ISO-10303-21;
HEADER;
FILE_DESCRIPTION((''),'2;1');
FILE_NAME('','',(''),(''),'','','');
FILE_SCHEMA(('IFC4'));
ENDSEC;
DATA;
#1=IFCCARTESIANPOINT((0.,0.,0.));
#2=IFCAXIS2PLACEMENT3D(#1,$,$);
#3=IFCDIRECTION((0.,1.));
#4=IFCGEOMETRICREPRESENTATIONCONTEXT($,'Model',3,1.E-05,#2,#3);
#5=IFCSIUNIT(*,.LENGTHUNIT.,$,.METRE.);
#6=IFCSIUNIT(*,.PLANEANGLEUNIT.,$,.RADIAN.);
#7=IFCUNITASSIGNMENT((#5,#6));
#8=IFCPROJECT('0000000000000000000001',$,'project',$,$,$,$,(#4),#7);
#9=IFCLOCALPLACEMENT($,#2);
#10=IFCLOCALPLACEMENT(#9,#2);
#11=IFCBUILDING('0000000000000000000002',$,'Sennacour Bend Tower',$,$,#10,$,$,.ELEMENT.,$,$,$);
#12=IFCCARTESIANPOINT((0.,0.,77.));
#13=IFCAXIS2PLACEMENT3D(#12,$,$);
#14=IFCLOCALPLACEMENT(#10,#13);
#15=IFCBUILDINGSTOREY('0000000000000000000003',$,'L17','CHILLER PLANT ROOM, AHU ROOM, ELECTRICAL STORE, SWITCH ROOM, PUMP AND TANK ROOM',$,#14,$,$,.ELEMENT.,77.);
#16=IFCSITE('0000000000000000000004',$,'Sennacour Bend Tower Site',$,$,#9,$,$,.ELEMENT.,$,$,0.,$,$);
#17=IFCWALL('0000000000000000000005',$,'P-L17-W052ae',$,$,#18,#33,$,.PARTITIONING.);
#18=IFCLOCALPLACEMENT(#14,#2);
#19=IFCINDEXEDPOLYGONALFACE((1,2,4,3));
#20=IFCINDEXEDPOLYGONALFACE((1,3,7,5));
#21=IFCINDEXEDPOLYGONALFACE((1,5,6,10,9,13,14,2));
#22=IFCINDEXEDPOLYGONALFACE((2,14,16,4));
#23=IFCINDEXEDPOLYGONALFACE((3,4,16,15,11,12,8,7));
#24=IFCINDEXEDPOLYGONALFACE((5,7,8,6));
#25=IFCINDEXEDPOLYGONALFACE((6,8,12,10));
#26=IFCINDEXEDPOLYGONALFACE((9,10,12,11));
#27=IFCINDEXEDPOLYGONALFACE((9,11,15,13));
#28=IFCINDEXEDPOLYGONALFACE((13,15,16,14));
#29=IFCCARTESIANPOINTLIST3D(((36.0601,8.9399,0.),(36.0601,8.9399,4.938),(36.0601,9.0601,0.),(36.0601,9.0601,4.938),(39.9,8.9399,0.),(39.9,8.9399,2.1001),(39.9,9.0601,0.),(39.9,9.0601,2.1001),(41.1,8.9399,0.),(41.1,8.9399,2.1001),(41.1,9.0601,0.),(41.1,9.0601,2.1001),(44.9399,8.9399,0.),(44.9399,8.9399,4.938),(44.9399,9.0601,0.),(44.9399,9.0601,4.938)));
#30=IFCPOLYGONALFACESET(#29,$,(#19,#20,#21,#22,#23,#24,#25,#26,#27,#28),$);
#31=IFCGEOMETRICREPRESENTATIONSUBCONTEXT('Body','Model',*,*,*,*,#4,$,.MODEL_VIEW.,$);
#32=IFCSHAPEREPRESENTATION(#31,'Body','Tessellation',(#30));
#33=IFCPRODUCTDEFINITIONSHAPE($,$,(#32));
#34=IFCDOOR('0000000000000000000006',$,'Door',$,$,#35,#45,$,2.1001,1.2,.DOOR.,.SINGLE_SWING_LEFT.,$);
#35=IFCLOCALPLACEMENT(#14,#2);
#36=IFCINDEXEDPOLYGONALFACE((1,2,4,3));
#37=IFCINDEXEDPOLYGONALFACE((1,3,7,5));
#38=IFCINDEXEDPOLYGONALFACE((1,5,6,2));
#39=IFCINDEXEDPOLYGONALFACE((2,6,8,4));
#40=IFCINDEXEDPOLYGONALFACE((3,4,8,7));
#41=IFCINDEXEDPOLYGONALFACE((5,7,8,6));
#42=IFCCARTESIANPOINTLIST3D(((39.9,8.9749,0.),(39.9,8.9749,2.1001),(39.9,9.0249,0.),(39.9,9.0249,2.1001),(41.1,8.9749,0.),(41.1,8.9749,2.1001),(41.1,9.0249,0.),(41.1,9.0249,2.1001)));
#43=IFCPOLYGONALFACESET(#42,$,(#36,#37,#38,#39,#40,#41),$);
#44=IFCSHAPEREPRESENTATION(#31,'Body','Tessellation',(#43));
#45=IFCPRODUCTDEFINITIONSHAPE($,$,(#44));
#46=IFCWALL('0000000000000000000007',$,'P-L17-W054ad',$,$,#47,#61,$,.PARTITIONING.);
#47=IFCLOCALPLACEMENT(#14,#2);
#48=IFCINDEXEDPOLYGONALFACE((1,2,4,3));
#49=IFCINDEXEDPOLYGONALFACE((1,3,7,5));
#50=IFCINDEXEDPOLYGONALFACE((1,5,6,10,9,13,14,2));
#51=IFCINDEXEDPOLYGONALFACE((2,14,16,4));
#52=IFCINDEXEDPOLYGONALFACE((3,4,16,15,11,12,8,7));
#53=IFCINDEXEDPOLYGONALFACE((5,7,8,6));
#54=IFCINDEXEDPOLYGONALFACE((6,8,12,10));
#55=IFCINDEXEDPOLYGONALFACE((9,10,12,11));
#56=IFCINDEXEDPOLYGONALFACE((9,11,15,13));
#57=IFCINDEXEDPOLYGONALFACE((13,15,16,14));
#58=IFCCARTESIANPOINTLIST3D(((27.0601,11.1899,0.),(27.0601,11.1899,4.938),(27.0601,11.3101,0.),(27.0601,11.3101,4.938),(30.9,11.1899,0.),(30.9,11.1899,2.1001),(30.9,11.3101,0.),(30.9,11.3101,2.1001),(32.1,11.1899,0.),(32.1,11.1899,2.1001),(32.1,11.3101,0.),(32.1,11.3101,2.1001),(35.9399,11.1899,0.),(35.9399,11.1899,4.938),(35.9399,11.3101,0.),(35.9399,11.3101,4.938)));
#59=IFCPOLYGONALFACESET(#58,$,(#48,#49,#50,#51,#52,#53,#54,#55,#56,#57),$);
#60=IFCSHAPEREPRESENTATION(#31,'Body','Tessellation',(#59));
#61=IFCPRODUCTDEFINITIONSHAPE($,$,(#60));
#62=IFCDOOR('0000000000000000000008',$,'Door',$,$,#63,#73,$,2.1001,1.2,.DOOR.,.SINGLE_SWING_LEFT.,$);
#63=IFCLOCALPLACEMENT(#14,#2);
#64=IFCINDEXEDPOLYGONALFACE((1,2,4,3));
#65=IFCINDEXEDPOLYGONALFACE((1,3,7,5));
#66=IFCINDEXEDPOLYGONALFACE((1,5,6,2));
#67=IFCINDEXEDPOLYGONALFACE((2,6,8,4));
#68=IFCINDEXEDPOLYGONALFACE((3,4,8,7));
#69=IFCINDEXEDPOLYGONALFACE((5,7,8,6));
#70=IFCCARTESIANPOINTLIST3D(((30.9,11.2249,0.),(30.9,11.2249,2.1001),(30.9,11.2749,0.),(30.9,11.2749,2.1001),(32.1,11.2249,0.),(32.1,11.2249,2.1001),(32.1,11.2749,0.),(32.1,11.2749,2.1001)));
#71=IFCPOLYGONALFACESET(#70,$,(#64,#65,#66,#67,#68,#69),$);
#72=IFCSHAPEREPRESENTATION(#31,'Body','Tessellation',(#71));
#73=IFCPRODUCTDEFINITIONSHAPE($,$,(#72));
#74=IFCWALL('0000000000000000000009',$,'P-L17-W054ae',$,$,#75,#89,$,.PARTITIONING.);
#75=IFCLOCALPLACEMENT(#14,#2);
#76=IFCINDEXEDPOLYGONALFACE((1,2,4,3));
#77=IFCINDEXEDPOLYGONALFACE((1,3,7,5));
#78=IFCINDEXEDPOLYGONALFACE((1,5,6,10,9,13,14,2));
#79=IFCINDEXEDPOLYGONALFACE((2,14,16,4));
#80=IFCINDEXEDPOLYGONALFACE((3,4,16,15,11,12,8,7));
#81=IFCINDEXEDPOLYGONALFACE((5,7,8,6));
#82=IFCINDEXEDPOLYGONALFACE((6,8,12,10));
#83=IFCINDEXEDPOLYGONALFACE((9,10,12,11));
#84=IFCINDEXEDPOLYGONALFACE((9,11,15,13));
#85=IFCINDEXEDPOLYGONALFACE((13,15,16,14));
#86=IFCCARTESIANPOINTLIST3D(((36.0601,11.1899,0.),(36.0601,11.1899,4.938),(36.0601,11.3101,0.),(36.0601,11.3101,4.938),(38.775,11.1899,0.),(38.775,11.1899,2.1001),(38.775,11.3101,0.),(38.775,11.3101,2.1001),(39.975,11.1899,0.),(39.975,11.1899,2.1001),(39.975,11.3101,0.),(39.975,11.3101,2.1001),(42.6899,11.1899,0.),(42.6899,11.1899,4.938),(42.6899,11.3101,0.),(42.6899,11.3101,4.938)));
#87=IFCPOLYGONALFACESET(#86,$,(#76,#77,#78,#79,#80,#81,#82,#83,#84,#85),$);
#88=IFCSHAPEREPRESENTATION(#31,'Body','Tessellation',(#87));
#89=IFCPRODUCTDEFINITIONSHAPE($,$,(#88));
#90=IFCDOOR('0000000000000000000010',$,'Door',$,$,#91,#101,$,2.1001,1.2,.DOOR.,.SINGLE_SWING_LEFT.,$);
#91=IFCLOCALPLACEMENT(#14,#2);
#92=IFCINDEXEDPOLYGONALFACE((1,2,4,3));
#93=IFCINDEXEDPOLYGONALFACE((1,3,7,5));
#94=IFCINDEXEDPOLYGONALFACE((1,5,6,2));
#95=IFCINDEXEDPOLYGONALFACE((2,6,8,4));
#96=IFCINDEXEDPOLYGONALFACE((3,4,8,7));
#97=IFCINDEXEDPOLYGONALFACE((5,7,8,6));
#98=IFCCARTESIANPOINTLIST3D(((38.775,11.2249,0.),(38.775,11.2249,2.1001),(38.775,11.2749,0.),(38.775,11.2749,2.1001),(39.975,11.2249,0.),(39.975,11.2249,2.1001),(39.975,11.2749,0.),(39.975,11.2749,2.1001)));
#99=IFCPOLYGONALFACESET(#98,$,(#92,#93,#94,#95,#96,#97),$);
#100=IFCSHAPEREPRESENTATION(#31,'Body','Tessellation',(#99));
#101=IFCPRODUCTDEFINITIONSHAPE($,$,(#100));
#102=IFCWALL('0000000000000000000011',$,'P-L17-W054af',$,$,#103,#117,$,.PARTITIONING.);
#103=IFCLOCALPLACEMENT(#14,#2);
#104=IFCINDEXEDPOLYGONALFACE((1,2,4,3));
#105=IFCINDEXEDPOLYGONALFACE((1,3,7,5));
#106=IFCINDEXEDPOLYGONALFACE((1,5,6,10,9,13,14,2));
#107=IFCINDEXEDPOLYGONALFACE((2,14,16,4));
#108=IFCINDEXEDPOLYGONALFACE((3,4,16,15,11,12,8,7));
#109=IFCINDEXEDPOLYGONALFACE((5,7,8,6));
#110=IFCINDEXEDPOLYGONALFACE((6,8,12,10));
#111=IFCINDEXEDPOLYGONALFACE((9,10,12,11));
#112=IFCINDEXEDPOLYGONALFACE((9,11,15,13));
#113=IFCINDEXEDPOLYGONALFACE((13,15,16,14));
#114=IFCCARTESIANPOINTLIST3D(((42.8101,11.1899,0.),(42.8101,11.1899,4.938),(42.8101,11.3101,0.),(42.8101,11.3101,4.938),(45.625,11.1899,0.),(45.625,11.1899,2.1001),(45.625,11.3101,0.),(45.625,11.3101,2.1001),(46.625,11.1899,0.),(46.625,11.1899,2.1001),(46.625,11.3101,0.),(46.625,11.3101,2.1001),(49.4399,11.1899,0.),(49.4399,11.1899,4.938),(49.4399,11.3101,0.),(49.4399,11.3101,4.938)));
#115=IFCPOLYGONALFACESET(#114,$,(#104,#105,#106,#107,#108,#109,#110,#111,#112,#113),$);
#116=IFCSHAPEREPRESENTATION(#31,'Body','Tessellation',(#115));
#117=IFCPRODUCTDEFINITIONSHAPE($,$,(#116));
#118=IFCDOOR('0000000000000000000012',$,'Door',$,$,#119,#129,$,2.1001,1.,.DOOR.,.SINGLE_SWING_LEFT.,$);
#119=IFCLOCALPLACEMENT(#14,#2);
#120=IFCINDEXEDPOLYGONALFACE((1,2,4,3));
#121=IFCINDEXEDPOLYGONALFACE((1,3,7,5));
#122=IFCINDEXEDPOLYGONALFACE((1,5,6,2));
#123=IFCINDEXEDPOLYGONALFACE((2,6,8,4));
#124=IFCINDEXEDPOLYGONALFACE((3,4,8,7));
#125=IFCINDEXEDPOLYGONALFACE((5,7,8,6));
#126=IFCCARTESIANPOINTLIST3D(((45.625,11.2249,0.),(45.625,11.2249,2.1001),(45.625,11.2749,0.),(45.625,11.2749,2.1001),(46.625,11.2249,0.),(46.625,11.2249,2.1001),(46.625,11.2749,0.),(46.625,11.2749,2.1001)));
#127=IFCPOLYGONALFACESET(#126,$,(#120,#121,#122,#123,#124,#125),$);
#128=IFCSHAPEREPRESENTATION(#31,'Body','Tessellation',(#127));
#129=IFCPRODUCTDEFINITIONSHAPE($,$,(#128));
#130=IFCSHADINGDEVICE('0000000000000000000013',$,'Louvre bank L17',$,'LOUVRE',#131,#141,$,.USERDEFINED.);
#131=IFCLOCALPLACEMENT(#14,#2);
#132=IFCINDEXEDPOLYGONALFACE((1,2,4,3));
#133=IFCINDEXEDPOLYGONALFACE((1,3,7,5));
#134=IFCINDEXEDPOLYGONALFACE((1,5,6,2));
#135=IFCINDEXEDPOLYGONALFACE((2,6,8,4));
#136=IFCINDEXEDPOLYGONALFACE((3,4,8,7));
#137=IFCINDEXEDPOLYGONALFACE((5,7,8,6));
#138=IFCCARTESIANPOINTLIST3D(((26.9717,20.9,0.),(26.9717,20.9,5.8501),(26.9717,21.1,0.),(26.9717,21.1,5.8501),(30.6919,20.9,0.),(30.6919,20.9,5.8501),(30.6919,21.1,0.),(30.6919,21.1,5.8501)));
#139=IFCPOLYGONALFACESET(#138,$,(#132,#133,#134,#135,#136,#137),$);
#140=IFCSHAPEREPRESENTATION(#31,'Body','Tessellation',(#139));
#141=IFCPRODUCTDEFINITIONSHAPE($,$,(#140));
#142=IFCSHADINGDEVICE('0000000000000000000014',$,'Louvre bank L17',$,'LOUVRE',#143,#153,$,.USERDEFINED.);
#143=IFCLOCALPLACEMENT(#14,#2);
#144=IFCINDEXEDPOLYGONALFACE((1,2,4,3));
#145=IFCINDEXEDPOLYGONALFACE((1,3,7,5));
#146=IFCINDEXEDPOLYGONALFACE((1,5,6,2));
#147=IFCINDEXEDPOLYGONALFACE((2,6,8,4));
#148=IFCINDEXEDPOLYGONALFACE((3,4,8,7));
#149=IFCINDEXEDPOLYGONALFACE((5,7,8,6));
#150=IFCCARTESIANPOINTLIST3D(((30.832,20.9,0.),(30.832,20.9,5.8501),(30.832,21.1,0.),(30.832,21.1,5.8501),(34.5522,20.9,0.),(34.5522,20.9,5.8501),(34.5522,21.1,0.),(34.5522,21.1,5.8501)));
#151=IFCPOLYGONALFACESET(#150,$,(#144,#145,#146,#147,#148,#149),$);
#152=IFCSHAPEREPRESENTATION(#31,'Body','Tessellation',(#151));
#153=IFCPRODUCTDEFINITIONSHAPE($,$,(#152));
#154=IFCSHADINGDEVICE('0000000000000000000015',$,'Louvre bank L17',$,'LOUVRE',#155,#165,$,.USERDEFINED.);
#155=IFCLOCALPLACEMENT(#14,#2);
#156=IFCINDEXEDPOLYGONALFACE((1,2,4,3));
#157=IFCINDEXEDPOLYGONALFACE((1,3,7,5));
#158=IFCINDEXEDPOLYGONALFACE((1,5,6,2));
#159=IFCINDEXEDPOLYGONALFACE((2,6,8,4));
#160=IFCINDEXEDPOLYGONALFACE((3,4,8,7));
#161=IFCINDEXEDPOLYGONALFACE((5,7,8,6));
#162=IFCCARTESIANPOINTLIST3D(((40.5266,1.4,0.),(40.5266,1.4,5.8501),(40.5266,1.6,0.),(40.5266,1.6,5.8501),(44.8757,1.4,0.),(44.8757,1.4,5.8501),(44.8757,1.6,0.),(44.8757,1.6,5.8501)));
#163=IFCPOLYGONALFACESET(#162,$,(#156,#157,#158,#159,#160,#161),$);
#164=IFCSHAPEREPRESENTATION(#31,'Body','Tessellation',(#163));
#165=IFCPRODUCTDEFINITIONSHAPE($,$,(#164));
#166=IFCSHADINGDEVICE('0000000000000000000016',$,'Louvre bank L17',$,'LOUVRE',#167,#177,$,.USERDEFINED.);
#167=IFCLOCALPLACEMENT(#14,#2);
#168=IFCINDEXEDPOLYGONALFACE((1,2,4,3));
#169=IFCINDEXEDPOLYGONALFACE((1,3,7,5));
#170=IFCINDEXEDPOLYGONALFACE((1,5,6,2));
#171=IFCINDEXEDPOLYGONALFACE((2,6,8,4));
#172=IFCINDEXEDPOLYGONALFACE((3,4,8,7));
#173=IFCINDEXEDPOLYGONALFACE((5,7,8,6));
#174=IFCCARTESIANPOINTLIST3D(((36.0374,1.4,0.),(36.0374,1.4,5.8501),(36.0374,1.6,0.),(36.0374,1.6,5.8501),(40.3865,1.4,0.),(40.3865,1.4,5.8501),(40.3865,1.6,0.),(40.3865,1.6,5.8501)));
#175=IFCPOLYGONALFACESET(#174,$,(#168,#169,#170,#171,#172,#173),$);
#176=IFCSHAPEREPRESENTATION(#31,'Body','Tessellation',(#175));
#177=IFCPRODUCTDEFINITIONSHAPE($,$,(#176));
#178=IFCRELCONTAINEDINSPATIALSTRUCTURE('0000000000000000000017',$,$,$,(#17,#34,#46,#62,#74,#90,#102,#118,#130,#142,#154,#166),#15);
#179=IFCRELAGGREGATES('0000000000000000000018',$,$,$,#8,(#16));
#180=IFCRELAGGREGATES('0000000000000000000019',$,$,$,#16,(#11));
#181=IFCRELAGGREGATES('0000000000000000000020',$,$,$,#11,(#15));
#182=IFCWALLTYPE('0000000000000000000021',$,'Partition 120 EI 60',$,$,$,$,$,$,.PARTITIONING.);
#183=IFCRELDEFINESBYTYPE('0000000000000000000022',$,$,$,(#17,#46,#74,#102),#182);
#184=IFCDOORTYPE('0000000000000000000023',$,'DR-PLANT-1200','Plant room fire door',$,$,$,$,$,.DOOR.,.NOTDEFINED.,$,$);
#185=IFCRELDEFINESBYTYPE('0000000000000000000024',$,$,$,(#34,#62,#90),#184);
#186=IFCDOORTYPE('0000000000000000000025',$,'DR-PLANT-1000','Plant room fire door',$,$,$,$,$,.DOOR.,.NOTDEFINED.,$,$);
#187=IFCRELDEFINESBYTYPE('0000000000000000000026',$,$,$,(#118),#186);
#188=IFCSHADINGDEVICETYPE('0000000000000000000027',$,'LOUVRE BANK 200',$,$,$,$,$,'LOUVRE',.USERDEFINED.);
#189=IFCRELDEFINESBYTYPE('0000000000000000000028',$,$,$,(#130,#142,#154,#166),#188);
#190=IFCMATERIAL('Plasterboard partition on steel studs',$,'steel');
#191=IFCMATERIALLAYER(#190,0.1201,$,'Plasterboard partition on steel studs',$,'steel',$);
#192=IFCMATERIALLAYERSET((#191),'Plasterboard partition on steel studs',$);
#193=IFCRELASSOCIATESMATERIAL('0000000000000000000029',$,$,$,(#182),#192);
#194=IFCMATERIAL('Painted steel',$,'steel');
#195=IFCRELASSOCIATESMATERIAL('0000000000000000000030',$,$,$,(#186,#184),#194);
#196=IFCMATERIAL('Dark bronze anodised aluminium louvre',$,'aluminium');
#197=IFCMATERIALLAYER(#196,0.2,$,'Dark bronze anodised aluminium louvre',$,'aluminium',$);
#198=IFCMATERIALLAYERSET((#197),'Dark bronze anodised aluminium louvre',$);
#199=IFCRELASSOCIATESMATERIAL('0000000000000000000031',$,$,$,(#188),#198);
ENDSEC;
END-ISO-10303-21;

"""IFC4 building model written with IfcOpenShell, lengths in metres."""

from ifc_helpers import new_model, si_unit, direction, frame, frame_2d, origin, origin_2d, place, context, subcontext, project, spatial, rectangle, extrude, material, layer, layer_set, type_object, element, fill, save


model = new_model("IFC4")

# Units and contexts
model_context = context("Model", 3, precision=1e-05, world=origin(), true_north=direction((0.0, 1.0)))
body_context = subcontext(model_context, "Body", "Model", "MODEL_VIEW")
ifc_project = project(units=[si_unit("LENGTHUNIT", "METRE"), si_unit("PLANEANGLEUNIT", "RADIAN")], contexts=[model_context])

# Site, building, storey
site_placement = place(None, origin())
site = spatial("IfcSite", under=ifc_project, at=site_placement, Name="Sennacour Bend Tower Site", CompositionType="ELEMENT", RefElevation=0.0)
building_placement = place(site_placement, origin())
building = spatial("IfcBuilding", under=site, at=building_placement, Name="Sennacour Bend Tower", CompositionType="ELEMENT")
storey_placement = place(building_placement, frame((0.0, 0.0, 77.0)))
storey = spatial("IfcBuildingStorey", under=building, at=storey_placement, Name="L17", Description="CHILLER PLANT ROOM, AHU ROOM, ELECTRICAL STORE, SWITCH ROOM, PUMP AND TANK ROOM", CompositionType="ELEMENT", Elevation=77.0)

# Shared definitions
ifc_material_1 = material(Name="Plasterboard partition on steel studs", Category="steel")

# Walls, openings, doors
ifc_layer_1 = layer(ifc_material_1, 0.1201, Name="Plasterboard partition on steel studs", Category="steel")
ifc_layer_set_1 = layer_set([ifc_layer_1], Name="Plasterboard partition on steel studs")
wall_type_1 = type_object("IfcWallType", Name="Partition 120 EI 60", PredefinedType="PARTITIONING", material=ifc_layer_set_1)
ifc_material_2 = material(Name="Painted steel", Category="steel")
door_type_1 = type_object("IfcDoorType", Name="DR-PLANT-1000", Description="Plant room fire door", OperationType="NOTDEFINED", PredefinedType="DOOR", material=ifc_material_2)
wall_1_placement = place(storey_placement, frame((36.0601, 9.0, 0.0), z_axis=(0.0, 0.0, 1.0), x_axis=(1.0, 0.0, 0.0)))
wall_1 = element("IfcWall", 1, at=wall_1_placement, inside=storey, type_object=wall_type_1, Name="P-L17-W052ae", PredefinedType="PARTITIONING", context=body_context, shape_type="SweptSolid", body=[
    extrude(rectangle(XDim=8.8799, YDim=0.1201, at=frame_2d((4.4399, 0.0))), origin(), (0.0, 0.0, 1.0), 4.938),
])
opening_1_placement = place(wall_1_placement, frame((3.8398, 0.0, 0.0)))
opening_1 = element("IfcOpeningElement", 2, at=opening_1_placement, cuts=wall_1, PredefinedType="OPENING", context=body_context, shape_type="SweptSolid", body=[
    extrude(rectangle(XDim=1.2, YDim=2.1001, at=frame_2d((0.6001, 1.05))), frame((0.0, 0.0701, 0.0), z_axis=(0.0, -1.0, 0.0), x_axis=(1.0, 0.0, 0.0)), (0.0, 0.0, 1.0), 0.1401),
])
door_type_2 = type_object("IfcDoorType", Name="DR-PLANT-1200", Description="Plant room fire door", OperationType="NOTDEFINED", PredefinedType="DOOR", material=ifc_material_2)
door_1_placement = place(opening_1_placement, origin())
door_1 = element("IfcDoor", 3, at=door_1_placement, inside=storey, type_object=door_type_2, Name="Door", OperationType="SINGLE_SWING_LEFT", OverallHeight=2.1001, OverallWidth=1.2, PredefinedType="DOOR", context=body_context, shape_type="SweptSolid", body=[
    extrude(rectangle(XDim=1.2, YDim=2.1001, at=frame_2d((0.6001, 1.05))), frame((0.0, 0.0249, 0.0), z_axis=(0.0, -1.0, 0.0), x_axis=(1.0, 0.0, 0.0)), (0.0, 0.0, 1.0), 0.05),
])
fill(opening_1, door_1)
wall_2_placement = place(storey_placement, frame((27.0601, 11.25, 0.0), z_axis=(0.0, 0.0, 1.0), x_axis=(1.0, 0.0, 0.0)))
wall_2 = element("IfcWall", 4, at=wall_2_placement, inside=storey, type_object=wall_type_1, Name="P-L17-W054ad", PredefinedType="PARTITIONING", context=body_context, shape_type="SweptSolid", body=[
    extrude(rectangle(XDim=8.8799, YDim=0.1201, at=frame_2d((4.4399, 0.0))), origin(), (0.0, 0.0, 1.0), 4.938),
])
opening_2_placement = place(wall_2_placement, frame((3.8398, 0.0, 0.0)))
opening_2 = element("IfcOpeningElement", 5, at=opening_2_placement, cuts=wall_2, PredefinedType="OPENING", context=body_context, shape_type="SweptSolid", body=[
    extrude(rectangle(XDim=1.2, YDim=2.1001, at=frame_2d((0.6001, 1.05))), frame((0.0, 0.0701, 0.0), z_axis=(0.0, -1.0, 0.0), x_axis=(1.0, 0.0, 0.0)), (0.0, 0.0, 1.0), 0.1401),
])
door_2_placement = place(opening_2_placement, origin())
door_2 = element("IfcDoor", 6, at=door_2_placement, inside=storey, type_object=door_type_2, Name="Door", OperationType="SINGLE_SWING_LEFT", OverallHeight=2.1001, OverallWidth=1.2, PredefinedType="DOOR", context=body_context, shape_type="SweptSolid", body=[
    extrude(rectangle(XDim=1.2, YDim=2.1001, at=frame_2d((0.6001, 1.05))), frame((0.0, 0.0249, 0.0), z_axis=(0.0, -1.0, 0.0), x_axis=(1.0, 0.0, 0.0)), (0.0, 0.0, 1.0), 0.05),
])
fill(opening_2, door_2)
wall_3_placement = place(storey_placement, frame((36.0601, 11.25, 0.0), z_axis=(0.0, 0.0, 1.0), x_axis=(1.0, 0.0, 0.0)))
wall_3 = element("IfcWall", 7, at=wall_3_placement, inside=storey, type_object=wall_type_1, Name="P-L17-W054ae", PredefinedType="PARTITIONING", context=body_context, shape_type="SweptSolid", body=[
    extrude(rectangle(XDim=6.6299, YDim=0.1201, at=frame_2d((3.3149, 0.0))), origin(), (0.0, 0.0, 1.0), 4.938),
])
opening_3_placement = place(wall_3_placement, frame((2.7148, 0.0, 0.0)))
opening_3 = element("IfcOpeningElement", 8, at=opening_3_placement, cuts=wall_3, PredefinedType="OPENING", context=body_context, shape_type="SweptSolid", body=[
    extrude(rectangle(XDim=1.2, YDim=2.1001, at=frame_2d((0.6001, 1.05))), frame((0.0, 0.0701, 0.0), z_axis=(0.0, -1.0, 0.0), x_axis=(1.0, 0.0, 0.0)), (0.0, 0.0, 1.0), 0.1401),
])
door_3_placement = place(opening_3_placement, origin())
door_3 = element("IfcDoor", 9, at=door_3_placement, inside=storey, type_object=door_type_2, Name="Door", OperationType="SINGLE_SWING_LEFT", OverallHeight=2.1001, OverallWidth=1.2, PredefinedType="DOOR", context=body_context, shape_type="SweptSolid", body=[
    extrude(rectangle(XDim=1.2, YDim=2.1001, at=frame_2d((0.6001, 1.05))), frame((0.0, 0.0249, 0.0), z_axis=(0.0, -1.0, 0.0), x_axis=(1.0, 0.0, 0.0)), (0.0, 0.0, 1.0), 0.05),
])
fill(opening_3, door_3)
wall_4_placement = place(storey_placement, frame((42.8101, 11.25, 0.0), z_axis=(0.0, 0.0, 1.0), x_axis=(1.0, 0.0, 0.0)))
wall_4 = element("IfcWall", 10, at=wall_4_placement, inside=storey, type_object=wall_type_1, Name="P-L17-W054af", PredefinedType="PARTITIONING", context=body_context, shape_type="SweptSolid", body=[
    extrude(rectangle(XDim=6.6299, YDim=0.1201, at=frame_2d((3.3149, 0.0))), origin(), (0.0, 0.0, 1.0), 4.938),
])
opening_4_placement = place(wall_4_placement, frame((2.8149, 0.0, 0.0)))
opening_4 = element("IfcOpeningElement", 11, at=opening_4_placement, cuts=wall_4, PredefinedType="OPENING", context=body_context, shape_type="SweptSolid", body=[
    extrude(rectangle(XDim=1.0, YDim=2.1001, at=frame_2d((0.5, 1.05))), frame((0.0, 0.0701, 0.0), z_axis=(0.0, -1.0, 0.0), x_axis=(1.0, 0.0, 0.0)), (0.0, 0.0, 1.0), 0.1401),
])
door_4_placement = place(opening_4_placement, origin())
door_4 = element("IfcDoor", 12, at=door_4_placement, inside=storey, type_object=door_type_1, Name="Door", OperationType="SINGLE_SWING_LEFT", OverallHeight=2.1001, OverallWidth=1.0, PredefinedType="DOOR", context=body_context, shape_type="SweptSolid", body=[
    extrude(rectangle(XDim=1.0, YDim=2.1001, at=frame_2d((0.5, 1.05))), frame((0.0, 0.0249, 0.0), z_axis=(0.0, -1.0, 0.0), x_axis=(1.0, 0.0, 0.0)), (0.0, 0.0, 1.0), 0.05),
])
fill(opening_4, door_4)

# Shading devices
ifc_material_3 = material(Name="Dark bronze anodised aluminium louvre", Category="aluminium")
ifc_layer_2 = layer(ifc_material_3, 0.2, Name="Dark bronze anodised aluminium louvre", Category="aluminium")
ifc_layer_set_2 = layer_set([ifc_layer_2], Name="Dark bronze anodised aluminium louvre")
shading_device_type_1 = type_object("IfcShadingDeviceType", Name="LOUVRE BANK 200", ElementType="LOUVRE", PredefinedType="USERDEFINED", material=ifc_layer_set_2)
for number, where, z_axis, x_axis, name in (
    (13, (28.8318, 21.0, 0.0), (0.0, 0.0, 1.0), (1.0, 0.0, 0.0), "Louvre bank L17"),
    (14, (32.6921, 21.0, 0.0), (0.0, 0.0, 1.0), (1.0, 0.0, 0.0), "Louvre bank L17"),
):
    element("IfcShadingDevice", number, at=place(storey_placement, frame(where, z_axis=z_axis, x_axis=x_axis)), inside=storey, type_object=shading_device_type_1, Name=name, ObjectType="LOUVRE", PredefinedType="USERDEFINED", context=body_context, shape_type="SweptSolid", body=[
        extrude(rectangle(XDim=3.7202, YDim=0.2, at=origin_2d()), origin(), (0.0, 0.0, 1.0), 5.8501),
    ])
for number, where, z_axis, x_axis, name in (
    (15, (42.7012, 1.5, 0.0), (0.0, 0.0, 1.0), (-1.0, 0.0, 0.0), "Louvre bank L17"),
    (16, (38.2119, 1.5, 0.0), (0.0, 0.0, 1.0), (-1.0, 0.0, 0.0), "Louvre bank L17"),
):
    element("IfcShadingDevice", number, at=place(storey_placement, frame(where, z_axis=z_axis, x_axis=x_axis)), inside=storey, type_object=shading_device_type_1, Name=name, ObjectType="LOUVRE", PredefinedType="USERDEFINED", context=body_context, shape_type="SweptSolid", body=[
        extrude(rectangle(XDim=4.3491, YDim=0.2, at=origin_2d()), origin(), (0.0, 0.0, 1.0), 5.8501),
    ])

save(model, "model.ifc")
